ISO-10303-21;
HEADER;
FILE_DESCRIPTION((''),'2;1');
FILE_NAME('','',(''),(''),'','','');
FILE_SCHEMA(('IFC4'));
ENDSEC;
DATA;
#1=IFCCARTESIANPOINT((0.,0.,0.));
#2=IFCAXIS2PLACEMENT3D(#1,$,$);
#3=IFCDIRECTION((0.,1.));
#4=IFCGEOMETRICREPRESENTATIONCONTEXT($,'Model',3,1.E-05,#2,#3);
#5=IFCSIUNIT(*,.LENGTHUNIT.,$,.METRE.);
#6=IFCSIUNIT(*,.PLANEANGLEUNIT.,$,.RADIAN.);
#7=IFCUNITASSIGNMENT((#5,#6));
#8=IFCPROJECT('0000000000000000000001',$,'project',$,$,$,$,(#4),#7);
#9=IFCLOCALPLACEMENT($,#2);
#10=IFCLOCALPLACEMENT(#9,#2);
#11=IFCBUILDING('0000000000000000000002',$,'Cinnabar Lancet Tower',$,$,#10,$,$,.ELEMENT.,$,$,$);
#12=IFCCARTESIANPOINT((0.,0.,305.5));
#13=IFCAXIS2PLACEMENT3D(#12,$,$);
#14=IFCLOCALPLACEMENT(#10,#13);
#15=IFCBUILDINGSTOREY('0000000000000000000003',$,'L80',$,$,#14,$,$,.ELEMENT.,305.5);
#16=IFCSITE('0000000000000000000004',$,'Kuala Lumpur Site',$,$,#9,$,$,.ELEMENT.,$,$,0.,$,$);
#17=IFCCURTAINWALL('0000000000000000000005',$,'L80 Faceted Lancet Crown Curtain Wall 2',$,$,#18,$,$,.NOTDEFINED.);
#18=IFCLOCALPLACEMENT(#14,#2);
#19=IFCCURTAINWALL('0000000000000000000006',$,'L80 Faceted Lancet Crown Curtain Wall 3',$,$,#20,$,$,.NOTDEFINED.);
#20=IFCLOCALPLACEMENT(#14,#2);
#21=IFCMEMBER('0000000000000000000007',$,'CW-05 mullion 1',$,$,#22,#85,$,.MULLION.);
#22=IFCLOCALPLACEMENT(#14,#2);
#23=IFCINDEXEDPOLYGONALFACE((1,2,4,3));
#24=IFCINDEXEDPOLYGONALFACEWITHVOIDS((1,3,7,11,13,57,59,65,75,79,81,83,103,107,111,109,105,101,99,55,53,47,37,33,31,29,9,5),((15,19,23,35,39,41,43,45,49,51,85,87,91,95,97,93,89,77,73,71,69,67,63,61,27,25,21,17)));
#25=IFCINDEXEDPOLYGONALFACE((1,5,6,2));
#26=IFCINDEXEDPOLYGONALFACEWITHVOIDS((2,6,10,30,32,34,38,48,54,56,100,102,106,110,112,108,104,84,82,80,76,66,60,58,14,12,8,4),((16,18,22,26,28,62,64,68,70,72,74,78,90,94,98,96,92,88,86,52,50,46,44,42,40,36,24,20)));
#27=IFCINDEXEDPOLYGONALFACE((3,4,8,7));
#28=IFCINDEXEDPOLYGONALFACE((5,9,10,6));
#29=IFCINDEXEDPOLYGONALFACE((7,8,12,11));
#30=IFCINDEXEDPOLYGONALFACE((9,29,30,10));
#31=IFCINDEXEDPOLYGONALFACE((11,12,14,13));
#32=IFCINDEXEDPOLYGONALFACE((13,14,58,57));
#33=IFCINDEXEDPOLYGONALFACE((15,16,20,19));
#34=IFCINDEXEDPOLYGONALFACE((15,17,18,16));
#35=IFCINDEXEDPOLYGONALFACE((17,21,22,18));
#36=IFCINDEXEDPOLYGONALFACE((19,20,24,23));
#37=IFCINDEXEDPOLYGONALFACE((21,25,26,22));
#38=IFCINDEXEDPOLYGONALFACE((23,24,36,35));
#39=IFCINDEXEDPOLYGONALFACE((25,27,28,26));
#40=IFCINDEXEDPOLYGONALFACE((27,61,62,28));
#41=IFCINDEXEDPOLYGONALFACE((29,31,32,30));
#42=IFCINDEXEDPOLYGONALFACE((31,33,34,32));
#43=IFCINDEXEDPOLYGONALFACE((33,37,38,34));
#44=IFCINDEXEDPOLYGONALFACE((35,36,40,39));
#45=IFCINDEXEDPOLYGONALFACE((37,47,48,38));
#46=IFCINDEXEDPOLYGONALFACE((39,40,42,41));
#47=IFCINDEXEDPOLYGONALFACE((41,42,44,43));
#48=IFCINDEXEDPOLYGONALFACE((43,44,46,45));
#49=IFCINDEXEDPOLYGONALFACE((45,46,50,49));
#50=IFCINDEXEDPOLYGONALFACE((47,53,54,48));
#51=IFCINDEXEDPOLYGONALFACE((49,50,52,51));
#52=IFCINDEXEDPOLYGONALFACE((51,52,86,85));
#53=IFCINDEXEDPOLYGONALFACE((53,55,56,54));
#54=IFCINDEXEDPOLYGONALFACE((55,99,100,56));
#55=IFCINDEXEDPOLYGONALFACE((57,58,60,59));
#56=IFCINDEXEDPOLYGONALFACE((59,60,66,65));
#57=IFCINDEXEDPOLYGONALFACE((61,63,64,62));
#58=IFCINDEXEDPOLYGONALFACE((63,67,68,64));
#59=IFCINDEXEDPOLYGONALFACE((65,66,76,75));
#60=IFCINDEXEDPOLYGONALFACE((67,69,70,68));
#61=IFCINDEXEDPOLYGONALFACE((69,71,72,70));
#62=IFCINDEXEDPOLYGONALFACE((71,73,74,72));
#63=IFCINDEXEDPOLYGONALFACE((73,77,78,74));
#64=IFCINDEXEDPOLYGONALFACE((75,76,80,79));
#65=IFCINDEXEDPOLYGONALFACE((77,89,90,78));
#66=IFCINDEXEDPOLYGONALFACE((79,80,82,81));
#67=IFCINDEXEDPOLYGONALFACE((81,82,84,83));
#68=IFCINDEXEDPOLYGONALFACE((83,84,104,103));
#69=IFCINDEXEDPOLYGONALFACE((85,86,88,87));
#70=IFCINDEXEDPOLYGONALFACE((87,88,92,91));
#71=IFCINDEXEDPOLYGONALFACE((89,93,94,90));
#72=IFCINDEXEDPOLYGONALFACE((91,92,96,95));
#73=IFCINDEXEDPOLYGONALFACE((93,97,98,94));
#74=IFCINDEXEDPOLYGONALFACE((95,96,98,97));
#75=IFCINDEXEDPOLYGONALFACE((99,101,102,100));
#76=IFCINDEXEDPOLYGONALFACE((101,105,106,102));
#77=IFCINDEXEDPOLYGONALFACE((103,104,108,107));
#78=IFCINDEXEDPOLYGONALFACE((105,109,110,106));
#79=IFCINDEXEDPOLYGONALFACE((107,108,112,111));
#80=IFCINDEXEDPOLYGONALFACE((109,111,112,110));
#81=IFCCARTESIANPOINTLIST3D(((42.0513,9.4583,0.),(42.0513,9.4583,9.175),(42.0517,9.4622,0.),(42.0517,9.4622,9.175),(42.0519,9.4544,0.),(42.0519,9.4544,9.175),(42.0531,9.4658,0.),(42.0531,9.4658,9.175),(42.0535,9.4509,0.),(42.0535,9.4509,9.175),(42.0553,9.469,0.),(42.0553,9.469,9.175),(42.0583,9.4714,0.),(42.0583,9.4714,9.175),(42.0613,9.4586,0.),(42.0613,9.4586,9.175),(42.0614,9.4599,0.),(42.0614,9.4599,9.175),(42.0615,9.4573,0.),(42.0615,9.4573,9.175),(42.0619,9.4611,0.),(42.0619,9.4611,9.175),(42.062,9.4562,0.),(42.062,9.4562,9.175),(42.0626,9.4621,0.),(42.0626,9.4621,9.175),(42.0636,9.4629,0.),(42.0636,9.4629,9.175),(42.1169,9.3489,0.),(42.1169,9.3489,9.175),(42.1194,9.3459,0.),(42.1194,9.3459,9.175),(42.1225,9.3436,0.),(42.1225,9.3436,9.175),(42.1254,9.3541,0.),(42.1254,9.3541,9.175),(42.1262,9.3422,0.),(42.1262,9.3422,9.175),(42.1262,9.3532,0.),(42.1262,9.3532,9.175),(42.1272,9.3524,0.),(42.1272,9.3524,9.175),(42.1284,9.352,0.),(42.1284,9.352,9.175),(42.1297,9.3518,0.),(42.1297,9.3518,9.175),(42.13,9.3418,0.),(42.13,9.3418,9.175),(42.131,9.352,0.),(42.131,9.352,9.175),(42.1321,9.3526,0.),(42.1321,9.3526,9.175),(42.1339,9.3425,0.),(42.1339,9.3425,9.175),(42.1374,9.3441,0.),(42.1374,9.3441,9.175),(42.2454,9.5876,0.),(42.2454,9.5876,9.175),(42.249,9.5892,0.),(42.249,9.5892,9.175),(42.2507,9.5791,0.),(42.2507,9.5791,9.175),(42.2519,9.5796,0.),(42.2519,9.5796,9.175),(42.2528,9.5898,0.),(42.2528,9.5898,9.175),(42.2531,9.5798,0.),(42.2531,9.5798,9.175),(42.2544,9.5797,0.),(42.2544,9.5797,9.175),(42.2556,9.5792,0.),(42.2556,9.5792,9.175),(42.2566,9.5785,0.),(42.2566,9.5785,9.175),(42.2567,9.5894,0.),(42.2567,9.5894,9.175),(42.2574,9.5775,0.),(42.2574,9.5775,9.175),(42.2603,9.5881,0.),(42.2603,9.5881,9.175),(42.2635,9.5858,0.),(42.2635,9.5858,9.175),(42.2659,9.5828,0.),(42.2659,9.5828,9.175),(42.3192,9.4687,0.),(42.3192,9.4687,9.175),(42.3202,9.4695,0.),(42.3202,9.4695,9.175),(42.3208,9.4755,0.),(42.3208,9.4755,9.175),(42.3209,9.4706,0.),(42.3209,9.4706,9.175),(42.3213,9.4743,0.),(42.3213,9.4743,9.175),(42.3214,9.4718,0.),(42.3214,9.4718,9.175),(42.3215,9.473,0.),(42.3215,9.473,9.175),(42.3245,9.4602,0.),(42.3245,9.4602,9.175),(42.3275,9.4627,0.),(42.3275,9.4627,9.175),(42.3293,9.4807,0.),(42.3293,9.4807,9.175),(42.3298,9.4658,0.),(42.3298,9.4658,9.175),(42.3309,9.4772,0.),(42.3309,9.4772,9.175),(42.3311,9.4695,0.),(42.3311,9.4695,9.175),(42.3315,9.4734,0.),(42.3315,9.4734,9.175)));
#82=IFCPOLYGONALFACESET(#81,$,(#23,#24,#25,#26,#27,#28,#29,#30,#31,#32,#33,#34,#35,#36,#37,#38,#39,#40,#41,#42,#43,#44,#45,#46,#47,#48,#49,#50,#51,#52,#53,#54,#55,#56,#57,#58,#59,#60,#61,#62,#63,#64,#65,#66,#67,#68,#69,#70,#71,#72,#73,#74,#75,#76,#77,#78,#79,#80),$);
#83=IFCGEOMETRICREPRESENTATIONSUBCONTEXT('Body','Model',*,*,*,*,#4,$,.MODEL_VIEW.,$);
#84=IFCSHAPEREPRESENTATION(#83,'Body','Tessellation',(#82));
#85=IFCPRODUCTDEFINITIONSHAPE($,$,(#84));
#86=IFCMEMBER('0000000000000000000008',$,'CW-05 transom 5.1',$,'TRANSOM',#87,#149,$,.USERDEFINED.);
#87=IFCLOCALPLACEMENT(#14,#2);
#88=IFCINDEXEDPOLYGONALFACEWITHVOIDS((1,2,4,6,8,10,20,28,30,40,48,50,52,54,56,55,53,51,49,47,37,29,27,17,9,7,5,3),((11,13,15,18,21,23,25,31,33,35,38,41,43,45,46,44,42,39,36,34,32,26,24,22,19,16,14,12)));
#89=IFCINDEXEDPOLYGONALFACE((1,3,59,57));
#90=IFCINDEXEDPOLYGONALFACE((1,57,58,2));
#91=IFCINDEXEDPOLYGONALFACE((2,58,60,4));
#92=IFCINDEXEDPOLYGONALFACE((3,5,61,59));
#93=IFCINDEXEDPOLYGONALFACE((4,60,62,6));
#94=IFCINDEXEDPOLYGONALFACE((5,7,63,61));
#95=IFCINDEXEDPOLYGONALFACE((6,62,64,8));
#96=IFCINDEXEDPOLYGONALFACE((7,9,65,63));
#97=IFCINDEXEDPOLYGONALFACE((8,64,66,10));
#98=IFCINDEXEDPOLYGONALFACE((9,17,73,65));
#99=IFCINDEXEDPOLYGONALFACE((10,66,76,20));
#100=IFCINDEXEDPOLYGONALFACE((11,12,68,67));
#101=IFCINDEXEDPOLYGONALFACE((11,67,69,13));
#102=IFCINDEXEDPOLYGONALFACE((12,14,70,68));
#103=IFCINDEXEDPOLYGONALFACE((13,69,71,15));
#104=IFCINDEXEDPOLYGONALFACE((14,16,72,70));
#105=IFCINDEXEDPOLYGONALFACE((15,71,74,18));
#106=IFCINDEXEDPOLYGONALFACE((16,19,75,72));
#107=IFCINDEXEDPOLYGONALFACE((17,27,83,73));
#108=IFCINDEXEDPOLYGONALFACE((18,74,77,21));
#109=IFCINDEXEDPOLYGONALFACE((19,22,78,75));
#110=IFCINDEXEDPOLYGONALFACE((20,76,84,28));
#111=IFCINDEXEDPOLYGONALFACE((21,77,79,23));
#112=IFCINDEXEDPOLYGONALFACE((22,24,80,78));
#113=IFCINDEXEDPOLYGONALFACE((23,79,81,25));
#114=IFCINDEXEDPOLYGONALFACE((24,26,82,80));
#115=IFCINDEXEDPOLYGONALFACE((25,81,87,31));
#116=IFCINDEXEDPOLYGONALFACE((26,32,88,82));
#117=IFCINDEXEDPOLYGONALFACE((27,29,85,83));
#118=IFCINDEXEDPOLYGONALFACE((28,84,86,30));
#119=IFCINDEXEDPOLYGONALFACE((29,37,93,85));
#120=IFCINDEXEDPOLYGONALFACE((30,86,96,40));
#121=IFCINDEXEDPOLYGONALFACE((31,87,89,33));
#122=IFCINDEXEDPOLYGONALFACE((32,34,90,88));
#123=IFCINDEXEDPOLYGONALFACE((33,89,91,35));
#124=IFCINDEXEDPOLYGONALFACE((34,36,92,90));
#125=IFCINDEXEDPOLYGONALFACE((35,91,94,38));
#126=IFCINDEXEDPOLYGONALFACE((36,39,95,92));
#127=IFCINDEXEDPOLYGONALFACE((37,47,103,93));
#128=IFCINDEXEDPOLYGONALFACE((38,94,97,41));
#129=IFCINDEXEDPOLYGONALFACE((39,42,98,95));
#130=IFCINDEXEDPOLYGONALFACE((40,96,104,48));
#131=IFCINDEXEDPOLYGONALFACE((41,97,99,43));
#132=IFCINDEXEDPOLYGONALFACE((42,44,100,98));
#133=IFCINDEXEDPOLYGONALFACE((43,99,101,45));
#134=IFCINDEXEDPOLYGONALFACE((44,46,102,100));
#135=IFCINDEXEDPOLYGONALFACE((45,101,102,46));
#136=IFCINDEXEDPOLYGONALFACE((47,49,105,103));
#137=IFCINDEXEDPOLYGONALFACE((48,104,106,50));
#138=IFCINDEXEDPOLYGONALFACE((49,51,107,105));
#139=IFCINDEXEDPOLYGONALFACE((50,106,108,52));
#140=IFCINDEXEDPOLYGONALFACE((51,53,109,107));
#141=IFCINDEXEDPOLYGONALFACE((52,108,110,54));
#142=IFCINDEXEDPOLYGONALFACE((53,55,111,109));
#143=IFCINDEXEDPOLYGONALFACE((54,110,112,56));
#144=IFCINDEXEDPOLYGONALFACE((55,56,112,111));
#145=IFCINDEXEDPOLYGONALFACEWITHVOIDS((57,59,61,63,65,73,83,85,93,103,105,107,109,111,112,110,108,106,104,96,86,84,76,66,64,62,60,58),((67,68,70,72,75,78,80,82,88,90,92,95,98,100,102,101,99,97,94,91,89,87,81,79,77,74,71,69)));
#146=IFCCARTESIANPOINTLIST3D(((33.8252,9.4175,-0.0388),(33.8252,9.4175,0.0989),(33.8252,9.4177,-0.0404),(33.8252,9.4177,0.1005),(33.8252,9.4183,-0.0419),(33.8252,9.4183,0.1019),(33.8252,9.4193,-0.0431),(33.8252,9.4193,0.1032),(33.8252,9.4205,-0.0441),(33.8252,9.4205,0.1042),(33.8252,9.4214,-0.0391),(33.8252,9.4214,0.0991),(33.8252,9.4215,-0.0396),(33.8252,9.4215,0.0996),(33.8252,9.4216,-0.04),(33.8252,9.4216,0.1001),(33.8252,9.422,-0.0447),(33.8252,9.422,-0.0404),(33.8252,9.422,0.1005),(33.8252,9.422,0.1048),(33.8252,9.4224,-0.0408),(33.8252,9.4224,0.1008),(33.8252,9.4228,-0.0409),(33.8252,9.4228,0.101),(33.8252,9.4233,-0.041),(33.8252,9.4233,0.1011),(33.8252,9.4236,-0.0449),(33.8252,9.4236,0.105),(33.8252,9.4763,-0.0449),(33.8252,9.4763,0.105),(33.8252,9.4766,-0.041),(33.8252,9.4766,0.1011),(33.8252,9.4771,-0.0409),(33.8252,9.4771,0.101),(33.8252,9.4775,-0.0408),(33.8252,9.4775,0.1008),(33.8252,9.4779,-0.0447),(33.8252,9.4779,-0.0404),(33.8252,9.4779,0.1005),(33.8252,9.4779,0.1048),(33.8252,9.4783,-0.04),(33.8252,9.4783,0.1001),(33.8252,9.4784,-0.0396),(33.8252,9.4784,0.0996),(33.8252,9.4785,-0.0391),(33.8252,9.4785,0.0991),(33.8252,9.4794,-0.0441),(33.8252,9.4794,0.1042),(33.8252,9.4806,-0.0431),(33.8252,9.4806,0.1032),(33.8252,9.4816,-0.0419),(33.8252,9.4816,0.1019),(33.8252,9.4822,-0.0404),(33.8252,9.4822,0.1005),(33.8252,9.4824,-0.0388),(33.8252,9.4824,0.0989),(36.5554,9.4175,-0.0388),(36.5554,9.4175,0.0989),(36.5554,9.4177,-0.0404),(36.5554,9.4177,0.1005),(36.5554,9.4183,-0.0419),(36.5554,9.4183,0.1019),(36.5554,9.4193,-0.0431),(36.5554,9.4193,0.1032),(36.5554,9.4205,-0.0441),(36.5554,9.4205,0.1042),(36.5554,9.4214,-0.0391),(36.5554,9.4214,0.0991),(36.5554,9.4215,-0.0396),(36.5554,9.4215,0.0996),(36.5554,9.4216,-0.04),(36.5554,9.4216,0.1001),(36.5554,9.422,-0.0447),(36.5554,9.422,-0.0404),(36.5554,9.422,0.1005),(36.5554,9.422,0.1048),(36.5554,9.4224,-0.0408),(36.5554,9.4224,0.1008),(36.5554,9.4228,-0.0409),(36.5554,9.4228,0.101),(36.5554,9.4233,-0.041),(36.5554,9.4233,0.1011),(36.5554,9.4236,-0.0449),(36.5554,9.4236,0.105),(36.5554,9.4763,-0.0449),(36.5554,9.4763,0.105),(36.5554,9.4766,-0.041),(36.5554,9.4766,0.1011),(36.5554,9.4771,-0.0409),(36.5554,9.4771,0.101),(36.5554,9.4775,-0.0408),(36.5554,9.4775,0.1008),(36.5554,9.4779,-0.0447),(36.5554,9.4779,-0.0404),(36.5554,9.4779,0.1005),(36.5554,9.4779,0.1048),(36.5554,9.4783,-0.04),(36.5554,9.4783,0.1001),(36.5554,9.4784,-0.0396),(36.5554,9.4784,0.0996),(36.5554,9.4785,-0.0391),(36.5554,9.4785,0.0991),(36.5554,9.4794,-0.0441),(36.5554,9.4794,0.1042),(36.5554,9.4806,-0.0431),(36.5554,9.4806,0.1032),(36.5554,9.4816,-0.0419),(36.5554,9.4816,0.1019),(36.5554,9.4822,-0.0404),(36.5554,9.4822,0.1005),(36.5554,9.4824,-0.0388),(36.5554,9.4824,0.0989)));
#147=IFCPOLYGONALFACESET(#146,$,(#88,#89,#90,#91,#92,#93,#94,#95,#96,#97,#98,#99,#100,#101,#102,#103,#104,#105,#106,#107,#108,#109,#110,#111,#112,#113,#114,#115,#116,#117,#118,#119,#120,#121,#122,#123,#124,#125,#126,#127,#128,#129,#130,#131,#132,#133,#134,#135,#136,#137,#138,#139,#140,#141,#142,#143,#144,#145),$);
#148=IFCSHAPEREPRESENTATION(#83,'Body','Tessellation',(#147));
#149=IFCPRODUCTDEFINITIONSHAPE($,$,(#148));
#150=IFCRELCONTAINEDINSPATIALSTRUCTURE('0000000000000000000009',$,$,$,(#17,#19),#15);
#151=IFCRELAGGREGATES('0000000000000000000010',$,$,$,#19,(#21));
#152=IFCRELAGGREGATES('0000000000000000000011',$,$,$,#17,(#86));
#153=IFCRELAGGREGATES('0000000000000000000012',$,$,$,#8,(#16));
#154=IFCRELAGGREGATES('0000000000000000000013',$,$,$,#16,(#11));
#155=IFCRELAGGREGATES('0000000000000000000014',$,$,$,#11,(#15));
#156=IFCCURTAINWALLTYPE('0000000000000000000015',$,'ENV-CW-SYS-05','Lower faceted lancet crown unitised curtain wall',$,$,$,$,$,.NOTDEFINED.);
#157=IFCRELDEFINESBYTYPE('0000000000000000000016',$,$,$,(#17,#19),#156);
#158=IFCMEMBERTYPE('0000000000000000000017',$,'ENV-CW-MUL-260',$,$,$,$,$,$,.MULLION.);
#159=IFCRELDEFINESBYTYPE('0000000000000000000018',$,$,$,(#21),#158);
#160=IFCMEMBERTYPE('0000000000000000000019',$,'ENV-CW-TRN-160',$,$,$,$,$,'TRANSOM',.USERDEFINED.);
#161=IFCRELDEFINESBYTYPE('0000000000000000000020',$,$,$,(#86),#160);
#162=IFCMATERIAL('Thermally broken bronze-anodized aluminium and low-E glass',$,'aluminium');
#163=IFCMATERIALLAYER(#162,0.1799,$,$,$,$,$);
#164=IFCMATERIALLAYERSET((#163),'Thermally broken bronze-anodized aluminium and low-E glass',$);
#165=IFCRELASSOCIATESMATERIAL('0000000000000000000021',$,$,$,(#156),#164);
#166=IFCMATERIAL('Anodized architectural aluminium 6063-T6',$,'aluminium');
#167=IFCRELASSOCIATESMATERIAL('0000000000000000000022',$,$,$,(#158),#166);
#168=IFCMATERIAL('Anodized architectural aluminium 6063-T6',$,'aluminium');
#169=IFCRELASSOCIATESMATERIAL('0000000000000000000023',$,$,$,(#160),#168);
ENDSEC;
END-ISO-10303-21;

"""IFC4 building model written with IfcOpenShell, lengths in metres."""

from ifc_helpers import new_model, si_unit, direction, frame, origin, origin_2d, place, context, subcontext, project, spatial, hollow_rectangle, extrude, material, layer, layer_set, material_profile, profile_set, type_object, element, aggregate, save


model = new_model("IFC4")

# Units and contexts
model_context = context("Model", 3, precision=1e-05, world=origin(), true_north=direction((0.0, 1.0)))
body_context = subcontext(model_context, "Body", "Model", "MODEL_VIEW")
ifc_project = project(units=[si_unit("LENGTHUNIT", "METRE"), si_unit("PLANEANGLEUNIT", "RADIAN")], contexts=[model_context])

# Site, building, storey
site_placement = place(None, origin())
site = spatial("IfcSite", under=ifc_project, at=site_placement, Name="Kuala Lumpur Site", CompositionType="ELEMENT", RefElevation=0.0)
building_placement = place(site_placement, origin())
building = spatial("IfcBuilding", under=site, at=building_placement, Name="Cinnabar Lancet Tower", CompositionType="ELEMENT")
storey_placement = place(building_placement, frame((0.0, 0.0, 305.5)))
storey = spatial("IfcBuildingStorey", under=building, at=storey_placement, Name="L80", CompositionType="ELEMENT", Elevation=305.5)

# Curtain wall
ifc_material_1 = material(Name="Thermally broken bronze-anodized aluminium and low-E glass", Category="aluminium")
ifc_layer_1 = layer(ifc_material_1, 0.1799)
ifc_layer_set_1 = layer_set([ifc_layer_1], Name="Thermally broken bronze-anodized aluminium and low-E glass")
curtain_wall_type = type_object("IfcCurtainWallType", Name="ENV-CW-SYS-05", Description="Lower faceted lancet crown unitised curtain wall", PredefinedType="NOTDEFINED", material=ifc_layer_set_1)
curtain_wall_1_placement = place(storey_placement, origin())
curtain_wall_1 = element("IfcCurtainWall", 1, at=curtain_wall_1_placement, inside=storey, type_object=curtain_wall_type, Name="L80 Faceted Lancet Crown Curtain Wall 2", PredefinedType="NOTDEFINED")
ifc_material_2 = material(Name="Anodized architectural aluminium 6063-T6", Category="aluminium")
ifc_material_profile_1 = material_profile(ifc_material_2, hollow_rectangle(XDim=0.1499, YDim=0.25, WallThickness=0.01, InnerFilletRadius=0.0049, OuterFilletRadius=0.0149, at=origin_2d()), Name="RHS 250x150x10")
ifc_profile_set_1 = profile_set([ifc_material_profile_1], Name="Anodized architectural aluminium 6063-T6")
member_type_1 = type_object("IfcMemberType", Name="ENV-CW-MUL-260", PredefinedType="MULLION", material=ifc_profile_set_1)

# Curtain wall, member
curtain_wall_2_placement = place(storey_placement, origin())
curtain_wall_2 = element("IfcCurtainWall", 2, at=curtain_wall_2_placement, inside=storey, type_object=curtain_wall_type, Name="L80 Faceted Lancet Crown Curtain Wall 3", PredefinedType="NOTDEFINED")
member_1_placement = place(storey_placement, frame((42.1914, 9.4658, 0.0), z_axis=(0.0, 0.0, 1.0), x_axis=(-0.527496, 0.849557, 0.0)))
member_1 = element("IfcMember", 3, at=member_1_placement, type_object=member_type_1, Name="CW-05 mullion 1", PredefinedType="MULLION", context=body_context, shape_type="SweptSolid", body=[
    extrude(hollow_rectangle(XDim=0.1499, YDim=0.25, WallThickness=0.01, InnerFilletRadius=0.0049, OuterFilletRadius=0.0149, at=origin_2d()), origin(), (0.0, 0.0, 1.0), 9.175),
])

# Member
ifc_material_3 = material(Name="Anodized architectural aluminium 6063-T6", Category="aluminium")
ifc_material_profile_2 = material_profile(ifc_material_3, hollow_rectangle(XDim=0.0649, YDim=0.1499, WallThickness=0.0039, InnerFilletRadius=0.002, OuterFilletRadius=0.0061, at=origin_2d()), Name="CW-TRN 150x65x4")
ifc_profile_set_2 = profile_set([ifc_material_profile_2], Name="Anodized architectural aluminium 6063-T6")
member_type_2 = type_object("IfcMemberType", Name="ENV-CW-TRN-160", ElementType="TRANSOM", PredefinedType="USERDEFINED", material=ifc_profile_set_2)
member_2_placement = place(storey_placement, frame((33.8252, 9.45, 0.03), z_axis=(1.0, 0.0, 0.0), x_axis=(0.0, 1.0, 0.0)))
member_2 = element("IfcMember", 4, at=member_2_placement, type_object=member_type_2, Name="CW-05 transom 5.1", ObjectType="TRANSOM", PredefinedType="USERDEFINED", context=body_context, shape_type="SweptSolid", body=[
    extrude(hollow_rectangle(XDim=0.0649, YDim=0.1499, WallThickness=0.0039, InnerFilletRadius=0.002, OuterFilletRadius=0.0061, at=origin_2d()), origin(), (0.0, 0.0, 1.0), 2.7302),
])
aggregate(curtain_wall_2, [member_1])

aggregate(curtain_wall_1, [member_2])

save(model, "model.ifc")
